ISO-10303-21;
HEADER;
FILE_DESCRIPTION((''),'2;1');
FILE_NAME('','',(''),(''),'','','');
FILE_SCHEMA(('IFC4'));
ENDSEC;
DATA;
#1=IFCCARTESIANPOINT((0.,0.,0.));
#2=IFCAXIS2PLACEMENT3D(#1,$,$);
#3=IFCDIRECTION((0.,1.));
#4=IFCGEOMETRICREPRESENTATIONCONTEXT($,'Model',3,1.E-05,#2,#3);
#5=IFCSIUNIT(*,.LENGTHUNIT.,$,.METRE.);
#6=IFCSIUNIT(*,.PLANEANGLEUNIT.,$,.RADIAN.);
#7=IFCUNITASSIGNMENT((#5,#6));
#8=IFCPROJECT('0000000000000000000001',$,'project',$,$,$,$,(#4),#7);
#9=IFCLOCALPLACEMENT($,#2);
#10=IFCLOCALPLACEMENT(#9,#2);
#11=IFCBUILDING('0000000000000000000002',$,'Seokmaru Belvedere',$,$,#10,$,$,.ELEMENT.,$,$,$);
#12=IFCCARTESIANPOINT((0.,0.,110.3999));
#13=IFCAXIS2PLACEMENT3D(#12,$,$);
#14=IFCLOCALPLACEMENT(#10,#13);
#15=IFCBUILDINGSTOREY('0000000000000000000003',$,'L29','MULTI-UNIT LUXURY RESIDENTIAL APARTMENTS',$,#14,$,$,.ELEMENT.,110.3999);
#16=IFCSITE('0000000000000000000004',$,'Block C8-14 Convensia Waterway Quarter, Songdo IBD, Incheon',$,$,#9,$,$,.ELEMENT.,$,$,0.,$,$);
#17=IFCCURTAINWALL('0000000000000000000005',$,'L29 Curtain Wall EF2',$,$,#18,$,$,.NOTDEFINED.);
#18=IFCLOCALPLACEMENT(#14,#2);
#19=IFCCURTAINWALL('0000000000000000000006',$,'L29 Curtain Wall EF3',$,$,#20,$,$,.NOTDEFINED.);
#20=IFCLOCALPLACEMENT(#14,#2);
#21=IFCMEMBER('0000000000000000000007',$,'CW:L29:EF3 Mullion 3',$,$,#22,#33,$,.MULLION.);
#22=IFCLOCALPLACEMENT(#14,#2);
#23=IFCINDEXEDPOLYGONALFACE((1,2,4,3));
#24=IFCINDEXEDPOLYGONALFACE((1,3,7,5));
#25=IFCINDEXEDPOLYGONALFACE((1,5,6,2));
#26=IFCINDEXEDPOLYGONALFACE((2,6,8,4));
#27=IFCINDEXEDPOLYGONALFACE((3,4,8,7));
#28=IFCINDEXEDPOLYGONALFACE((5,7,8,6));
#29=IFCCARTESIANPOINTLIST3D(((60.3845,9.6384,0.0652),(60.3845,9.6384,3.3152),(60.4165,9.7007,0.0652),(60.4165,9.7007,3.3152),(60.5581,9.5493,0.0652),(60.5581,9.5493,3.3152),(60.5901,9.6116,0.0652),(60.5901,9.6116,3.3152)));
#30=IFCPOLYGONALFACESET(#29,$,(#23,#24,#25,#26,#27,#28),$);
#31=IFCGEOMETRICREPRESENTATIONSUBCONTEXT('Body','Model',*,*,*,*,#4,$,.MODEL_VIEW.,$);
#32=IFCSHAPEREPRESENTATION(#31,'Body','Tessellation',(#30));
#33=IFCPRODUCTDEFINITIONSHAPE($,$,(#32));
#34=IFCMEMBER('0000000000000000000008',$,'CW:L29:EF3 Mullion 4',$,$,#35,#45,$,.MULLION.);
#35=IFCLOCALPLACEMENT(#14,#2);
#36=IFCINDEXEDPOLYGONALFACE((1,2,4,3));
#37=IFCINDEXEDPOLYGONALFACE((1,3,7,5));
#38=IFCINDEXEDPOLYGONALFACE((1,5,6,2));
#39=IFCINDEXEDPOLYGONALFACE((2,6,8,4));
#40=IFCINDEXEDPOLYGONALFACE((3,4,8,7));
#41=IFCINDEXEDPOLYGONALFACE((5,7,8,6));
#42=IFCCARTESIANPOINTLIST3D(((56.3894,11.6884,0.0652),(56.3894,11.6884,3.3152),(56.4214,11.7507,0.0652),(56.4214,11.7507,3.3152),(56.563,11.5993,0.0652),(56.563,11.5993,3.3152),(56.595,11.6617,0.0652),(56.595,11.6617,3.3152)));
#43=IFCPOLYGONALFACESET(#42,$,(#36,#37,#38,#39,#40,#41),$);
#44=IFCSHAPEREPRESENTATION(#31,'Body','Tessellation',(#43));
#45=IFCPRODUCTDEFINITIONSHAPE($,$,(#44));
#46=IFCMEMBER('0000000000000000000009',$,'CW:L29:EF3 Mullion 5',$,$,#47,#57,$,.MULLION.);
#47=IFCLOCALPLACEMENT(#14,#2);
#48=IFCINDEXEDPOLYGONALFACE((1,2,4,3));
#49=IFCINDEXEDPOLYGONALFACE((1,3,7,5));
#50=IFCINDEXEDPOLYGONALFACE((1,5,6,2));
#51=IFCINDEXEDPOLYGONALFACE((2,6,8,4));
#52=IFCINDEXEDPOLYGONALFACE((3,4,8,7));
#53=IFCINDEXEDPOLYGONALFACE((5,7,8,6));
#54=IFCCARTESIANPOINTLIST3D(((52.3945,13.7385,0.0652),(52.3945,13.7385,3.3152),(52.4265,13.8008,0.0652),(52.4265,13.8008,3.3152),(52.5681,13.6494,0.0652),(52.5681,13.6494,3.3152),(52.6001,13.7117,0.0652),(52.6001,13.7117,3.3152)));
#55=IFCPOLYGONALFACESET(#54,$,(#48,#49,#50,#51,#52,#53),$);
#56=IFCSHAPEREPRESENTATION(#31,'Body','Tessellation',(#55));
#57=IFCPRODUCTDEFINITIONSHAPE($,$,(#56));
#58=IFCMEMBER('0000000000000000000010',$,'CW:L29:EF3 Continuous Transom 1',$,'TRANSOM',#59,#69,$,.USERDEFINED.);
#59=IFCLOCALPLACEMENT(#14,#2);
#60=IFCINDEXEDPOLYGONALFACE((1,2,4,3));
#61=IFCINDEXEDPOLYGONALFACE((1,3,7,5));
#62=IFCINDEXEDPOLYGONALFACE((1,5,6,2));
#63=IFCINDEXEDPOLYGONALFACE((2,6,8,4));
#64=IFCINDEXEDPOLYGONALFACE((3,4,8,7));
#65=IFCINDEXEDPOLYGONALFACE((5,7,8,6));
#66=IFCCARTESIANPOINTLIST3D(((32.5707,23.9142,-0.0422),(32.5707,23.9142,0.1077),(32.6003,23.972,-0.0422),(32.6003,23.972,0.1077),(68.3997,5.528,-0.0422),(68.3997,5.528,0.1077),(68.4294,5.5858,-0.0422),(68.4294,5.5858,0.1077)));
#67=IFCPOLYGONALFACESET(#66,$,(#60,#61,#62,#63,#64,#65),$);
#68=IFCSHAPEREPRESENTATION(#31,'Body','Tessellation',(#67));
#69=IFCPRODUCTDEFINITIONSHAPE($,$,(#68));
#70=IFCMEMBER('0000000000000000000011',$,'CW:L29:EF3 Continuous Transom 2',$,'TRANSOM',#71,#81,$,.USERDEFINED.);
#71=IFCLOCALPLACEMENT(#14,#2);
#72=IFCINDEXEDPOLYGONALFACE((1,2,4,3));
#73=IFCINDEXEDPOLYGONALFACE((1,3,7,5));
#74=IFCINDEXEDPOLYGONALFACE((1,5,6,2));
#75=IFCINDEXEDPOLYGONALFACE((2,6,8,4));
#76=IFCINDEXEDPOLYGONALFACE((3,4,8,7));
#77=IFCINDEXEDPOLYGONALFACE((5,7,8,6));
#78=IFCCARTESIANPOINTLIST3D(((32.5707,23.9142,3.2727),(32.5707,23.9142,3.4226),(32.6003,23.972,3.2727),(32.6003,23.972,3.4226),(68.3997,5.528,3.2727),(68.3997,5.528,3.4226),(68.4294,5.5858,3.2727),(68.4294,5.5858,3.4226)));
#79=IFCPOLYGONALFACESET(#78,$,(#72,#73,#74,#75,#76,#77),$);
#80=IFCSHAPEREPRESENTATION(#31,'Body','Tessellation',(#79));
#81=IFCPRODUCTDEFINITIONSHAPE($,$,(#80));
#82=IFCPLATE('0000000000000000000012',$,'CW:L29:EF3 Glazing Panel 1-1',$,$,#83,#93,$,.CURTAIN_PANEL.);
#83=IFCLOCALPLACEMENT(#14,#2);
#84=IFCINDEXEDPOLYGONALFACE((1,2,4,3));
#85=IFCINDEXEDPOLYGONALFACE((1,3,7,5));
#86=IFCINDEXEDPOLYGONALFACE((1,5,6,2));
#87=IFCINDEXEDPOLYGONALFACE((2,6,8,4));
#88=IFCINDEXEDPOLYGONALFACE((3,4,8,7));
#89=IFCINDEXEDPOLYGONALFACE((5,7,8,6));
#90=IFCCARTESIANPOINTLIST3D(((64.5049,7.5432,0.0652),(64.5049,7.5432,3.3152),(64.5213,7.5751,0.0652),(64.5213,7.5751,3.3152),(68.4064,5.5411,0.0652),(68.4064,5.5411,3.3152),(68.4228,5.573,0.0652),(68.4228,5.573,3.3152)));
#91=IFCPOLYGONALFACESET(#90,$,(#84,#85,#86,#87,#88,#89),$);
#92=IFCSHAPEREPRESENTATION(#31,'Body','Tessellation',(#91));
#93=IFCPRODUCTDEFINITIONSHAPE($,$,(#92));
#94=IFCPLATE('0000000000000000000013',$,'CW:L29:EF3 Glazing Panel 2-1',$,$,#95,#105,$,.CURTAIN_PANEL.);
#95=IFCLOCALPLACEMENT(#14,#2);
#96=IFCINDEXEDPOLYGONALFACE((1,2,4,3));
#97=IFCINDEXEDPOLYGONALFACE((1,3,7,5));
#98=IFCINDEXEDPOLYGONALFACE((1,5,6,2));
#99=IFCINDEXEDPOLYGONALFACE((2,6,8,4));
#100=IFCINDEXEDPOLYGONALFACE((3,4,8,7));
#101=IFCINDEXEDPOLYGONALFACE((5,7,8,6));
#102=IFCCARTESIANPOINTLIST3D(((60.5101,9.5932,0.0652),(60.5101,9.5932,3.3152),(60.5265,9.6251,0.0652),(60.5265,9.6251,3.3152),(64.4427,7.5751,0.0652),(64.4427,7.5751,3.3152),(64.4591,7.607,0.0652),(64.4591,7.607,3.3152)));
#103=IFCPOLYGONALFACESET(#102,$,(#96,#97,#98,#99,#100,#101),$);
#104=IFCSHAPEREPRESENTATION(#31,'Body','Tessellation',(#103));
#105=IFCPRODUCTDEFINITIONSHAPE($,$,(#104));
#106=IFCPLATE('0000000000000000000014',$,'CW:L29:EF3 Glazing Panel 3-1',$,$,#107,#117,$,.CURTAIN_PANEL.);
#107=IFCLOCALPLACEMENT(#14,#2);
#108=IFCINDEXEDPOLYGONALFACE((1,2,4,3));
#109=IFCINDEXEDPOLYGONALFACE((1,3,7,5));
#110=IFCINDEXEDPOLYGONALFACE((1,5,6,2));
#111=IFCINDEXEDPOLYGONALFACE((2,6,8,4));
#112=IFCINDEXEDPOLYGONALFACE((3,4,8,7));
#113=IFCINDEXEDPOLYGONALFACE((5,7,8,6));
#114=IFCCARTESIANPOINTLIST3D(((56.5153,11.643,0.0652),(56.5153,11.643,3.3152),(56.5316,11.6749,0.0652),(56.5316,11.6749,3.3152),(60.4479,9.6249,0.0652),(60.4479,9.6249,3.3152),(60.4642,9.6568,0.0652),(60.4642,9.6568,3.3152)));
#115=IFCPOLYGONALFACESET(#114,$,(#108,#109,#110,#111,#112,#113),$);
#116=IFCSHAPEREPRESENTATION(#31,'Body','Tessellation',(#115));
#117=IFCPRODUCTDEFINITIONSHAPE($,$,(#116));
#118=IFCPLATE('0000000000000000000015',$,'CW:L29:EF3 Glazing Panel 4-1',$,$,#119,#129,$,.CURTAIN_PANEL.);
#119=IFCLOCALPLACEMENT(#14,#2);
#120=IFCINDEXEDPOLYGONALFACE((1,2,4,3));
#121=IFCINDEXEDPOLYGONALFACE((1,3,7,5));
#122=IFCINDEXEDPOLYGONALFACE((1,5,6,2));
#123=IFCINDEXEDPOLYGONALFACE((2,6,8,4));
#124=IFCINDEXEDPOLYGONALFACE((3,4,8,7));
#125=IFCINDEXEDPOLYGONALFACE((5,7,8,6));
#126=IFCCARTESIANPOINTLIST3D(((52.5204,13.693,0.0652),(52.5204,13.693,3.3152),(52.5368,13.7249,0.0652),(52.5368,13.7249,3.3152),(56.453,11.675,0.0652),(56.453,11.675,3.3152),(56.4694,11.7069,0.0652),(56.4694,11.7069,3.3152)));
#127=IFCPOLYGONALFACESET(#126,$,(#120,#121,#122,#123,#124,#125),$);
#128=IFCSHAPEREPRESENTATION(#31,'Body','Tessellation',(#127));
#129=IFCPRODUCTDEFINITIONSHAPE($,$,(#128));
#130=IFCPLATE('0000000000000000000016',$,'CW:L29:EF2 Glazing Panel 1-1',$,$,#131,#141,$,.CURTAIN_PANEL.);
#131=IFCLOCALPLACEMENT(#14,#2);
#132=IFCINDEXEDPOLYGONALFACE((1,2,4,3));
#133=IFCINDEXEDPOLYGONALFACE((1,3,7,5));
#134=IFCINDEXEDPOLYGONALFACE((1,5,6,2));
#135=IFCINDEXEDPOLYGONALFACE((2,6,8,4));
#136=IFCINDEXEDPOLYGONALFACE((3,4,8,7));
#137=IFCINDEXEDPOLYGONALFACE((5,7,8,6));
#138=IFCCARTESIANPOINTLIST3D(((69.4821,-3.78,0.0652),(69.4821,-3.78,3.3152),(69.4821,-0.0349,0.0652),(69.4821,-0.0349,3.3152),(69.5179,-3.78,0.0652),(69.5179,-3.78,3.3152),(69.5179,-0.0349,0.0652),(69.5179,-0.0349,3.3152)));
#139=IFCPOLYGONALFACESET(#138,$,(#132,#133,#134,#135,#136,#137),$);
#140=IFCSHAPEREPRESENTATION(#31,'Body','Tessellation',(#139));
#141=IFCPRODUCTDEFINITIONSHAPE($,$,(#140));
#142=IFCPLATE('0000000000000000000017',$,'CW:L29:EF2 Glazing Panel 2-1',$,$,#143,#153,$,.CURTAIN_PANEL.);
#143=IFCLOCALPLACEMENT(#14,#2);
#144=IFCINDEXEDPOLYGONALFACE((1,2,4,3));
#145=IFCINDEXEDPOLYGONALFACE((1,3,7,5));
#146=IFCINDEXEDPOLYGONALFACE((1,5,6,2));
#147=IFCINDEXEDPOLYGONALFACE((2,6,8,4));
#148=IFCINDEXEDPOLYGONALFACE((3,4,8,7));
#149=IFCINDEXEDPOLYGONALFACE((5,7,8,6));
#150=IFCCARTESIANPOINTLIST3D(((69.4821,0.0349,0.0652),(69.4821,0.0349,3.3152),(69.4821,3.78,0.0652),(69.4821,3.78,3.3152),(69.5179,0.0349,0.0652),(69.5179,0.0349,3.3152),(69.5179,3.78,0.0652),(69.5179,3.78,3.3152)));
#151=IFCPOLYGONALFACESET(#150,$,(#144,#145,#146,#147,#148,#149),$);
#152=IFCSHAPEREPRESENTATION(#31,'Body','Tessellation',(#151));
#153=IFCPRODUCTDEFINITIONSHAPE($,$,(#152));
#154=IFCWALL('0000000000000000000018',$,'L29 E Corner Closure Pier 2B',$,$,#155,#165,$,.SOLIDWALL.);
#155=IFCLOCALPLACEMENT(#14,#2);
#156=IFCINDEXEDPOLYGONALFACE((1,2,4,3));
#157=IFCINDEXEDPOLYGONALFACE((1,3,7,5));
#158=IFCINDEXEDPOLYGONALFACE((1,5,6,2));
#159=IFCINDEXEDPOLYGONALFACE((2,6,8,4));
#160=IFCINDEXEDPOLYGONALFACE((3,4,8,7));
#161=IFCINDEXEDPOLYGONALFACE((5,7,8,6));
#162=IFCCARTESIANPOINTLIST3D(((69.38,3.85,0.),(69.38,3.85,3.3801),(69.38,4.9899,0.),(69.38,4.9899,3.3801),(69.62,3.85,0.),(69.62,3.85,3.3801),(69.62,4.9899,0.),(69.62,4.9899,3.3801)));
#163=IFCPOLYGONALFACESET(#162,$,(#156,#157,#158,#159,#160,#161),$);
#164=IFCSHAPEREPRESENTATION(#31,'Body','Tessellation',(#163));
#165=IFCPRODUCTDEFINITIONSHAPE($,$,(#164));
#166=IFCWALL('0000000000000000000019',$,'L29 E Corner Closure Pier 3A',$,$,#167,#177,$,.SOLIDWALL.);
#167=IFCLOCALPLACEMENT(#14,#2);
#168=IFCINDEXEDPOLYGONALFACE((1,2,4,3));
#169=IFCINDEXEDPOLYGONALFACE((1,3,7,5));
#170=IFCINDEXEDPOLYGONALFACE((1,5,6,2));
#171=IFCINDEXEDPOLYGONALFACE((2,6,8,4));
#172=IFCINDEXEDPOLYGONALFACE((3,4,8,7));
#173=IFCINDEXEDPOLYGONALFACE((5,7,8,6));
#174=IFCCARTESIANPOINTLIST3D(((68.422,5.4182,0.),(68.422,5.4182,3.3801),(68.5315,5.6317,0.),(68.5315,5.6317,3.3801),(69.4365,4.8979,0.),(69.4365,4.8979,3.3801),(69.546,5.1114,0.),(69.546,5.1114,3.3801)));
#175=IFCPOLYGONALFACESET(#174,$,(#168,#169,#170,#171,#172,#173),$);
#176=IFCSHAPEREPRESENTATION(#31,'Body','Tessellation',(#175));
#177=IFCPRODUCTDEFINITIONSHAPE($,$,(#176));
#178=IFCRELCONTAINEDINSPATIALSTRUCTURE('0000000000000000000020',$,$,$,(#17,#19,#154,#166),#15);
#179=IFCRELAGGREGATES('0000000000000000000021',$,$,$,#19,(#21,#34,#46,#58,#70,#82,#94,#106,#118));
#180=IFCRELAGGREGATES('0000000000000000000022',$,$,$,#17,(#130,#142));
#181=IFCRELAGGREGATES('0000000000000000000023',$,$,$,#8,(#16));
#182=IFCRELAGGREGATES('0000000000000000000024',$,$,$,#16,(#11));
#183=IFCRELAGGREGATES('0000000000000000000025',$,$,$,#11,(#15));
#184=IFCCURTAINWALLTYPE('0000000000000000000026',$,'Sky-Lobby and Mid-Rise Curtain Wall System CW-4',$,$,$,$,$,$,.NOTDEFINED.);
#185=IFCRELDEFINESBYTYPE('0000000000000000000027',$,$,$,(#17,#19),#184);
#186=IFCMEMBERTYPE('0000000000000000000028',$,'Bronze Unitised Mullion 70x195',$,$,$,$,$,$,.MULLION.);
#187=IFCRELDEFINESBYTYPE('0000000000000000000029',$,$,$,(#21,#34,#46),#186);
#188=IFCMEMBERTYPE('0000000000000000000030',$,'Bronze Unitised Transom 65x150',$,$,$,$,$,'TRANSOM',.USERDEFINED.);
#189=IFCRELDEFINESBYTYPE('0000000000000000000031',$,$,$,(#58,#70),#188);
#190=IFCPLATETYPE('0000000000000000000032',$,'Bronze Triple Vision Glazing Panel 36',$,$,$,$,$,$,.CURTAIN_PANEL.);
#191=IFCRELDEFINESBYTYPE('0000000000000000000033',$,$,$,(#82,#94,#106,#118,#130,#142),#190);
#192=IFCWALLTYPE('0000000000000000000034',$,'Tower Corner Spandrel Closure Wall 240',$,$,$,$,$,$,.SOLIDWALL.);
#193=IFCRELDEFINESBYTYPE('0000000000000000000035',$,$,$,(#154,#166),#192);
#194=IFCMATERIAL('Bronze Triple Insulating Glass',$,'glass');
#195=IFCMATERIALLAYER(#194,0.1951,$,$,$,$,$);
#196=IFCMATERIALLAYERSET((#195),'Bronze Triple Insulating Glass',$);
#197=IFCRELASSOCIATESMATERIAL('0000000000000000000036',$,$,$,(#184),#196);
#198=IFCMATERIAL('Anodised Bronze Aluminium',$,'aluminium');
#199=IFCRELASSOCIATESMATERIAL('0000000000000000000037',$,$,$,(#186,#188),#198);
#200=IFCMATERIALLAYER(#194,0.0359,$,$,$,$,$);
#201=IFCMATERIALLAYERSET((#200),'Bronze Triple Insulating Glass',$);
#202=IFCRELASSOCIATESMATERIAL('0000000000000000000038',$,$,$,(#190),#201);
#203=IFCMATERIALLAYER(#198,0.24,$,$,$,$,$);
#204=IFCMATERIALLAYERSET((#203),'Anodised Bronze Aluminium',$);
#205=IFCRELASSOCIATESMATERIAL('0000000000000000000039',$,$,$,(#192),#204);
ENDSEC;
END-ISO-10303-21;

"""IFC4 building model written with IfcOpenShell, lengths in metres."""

from ifc_helpers import new_model, si_unit, direction, frame, frame_2d, origin, origin_2d, place, context, subcontext, project, spatial, rectangle, extrude, source, transform, mapped, material, layer, layer_set, material_profile, profile_set, type_object, type_shapes, element, aggregate, save


model = new_model("IFC4")

# Units and contexts
model_context = context("Model", 3, precision=1e-05, world=origin(), true_north=direction((0.0, 1.0)))
body_context = subcontext(model_context, "Body", "Model", "MODEL_VIEW")
ifc_project = project(units=[si_unit("LENGTHUNIT", "METRE"), si_unit("PLANEANGLEUNIT", "RADIAN")], contexts=[model_context])

# Site, building, storey
site_placement = place(None, origin())
site = spatial("IfcSite", under=ifc_project, at=site_placement, Name="Block C8-14 Convensia Waterway Quarter, Songdo IBD, Incheon", CompositionType="ELEMENT", RefElevation=0.0)
building_placement = place(site_placement, origin())
building = spatial("IfcBuilding", under=site, at=building_placement, Name="Seokmaru Belvedere", CompositionType="ELEMENT")
storey_placement = place(building_placement, frame((0.0, 0.0, 110.3999)))
storey = spatial("IfcBuildingStorey", under=building, at=storey_placement, Name="L29", Description="MULTI-UNIT LUXURY RESIDENTIAL APARTMENTS", CompositionType="ELEMENT", Elevation=110.3999)

# Curtain walls
ifc_material_1 = material(Name="Bronze Triple Insulating Glass", Category="glass")
ifc_layer_1 = layer(ifc_material_1, 0.1951)
ifc_layer_set_1 = layer_set([ifc_layer_1], Name="Bronze Triple Insulating Glass")
curtain_wall_type = type_object("IfcCurtainWallType", Name="Sky-Lobby and Mid-Rise Curtain Wall System CW-4", PredefinedType="NOTDEFINED", material=ifc_layer_set_1)
curtain_wall_1_placement = place(storey_placement, origin())
curtain_wall_1 = element("IfcCurtainWall", 1, at=curtain_wall_1_placement, inside=storey, type_object=curtain_wall_type, Name="L29 Curtain Wall EF2", PredefinedType="NOTDEFINED")
ifc_material_2 = material(Name="Anodised Bronze Aluminium", Category="aluminium")
ifc_material_profile_1 = material_profile(ifc_material_2, rectangle(XDim=0.0701, YDim=0.1951, at=origin_2d()), Name="CW-M-70x195")
ifc_profile_set_1 = profile_set([ifc_material_profile_1], Name="Anodised Bronze Aluminium")
member_type_1 = type_object("IfcMemberType", Name="Bronze Unitised Mullion 70x195", PredefinedType="MULLION", material=ifc_profile_set_1)
curtain_wall_2_placement = place(storey_placement, origin())
curtain_wall_2 = element("IfcCurtainWall", 2, at=curtain_wall_2_placement, inside=storey, type_object=curtain_wall_type, Name="L29 Curtain Wall EF3", PredefinedType="NOTDEFINED")

# Members
shared_shape_1 = source(origin(), body_context, "Body", "SweptSolid", [
    extrude(rectangle(XDim=0.0701, YDim=0.1951, at=origin_2d()), origin(), (0.0, 0.0, 1.0), 3.25),
])
member_1_placement = place(storey_placement, frame((60.4873, 9.625, 0.0652), z_axis=(0.0, 0.0, 1.0), x_axis=(-0.456555, -0.889695, 0.0)))
member_1 = element("IfcMember", 3, at=member_1_placement, type_object=member_type_1, Name="CW:L29:EF3 Mullion 3", PredefinedType="MULLION", context=body_context, shape_type="MappedRepresentation", body=[
    mapped(shared_shape_1, transform((0.0, 0.0, 0.0), scale=1.0)),
])
member_2_placement = place(storey_placement, frame((56.4922, 11.675, 0.0652), z_axis=(0.0, 0.0, 1.0), x_axis=(-0.456555, -0.889695, 0.0)))
member_2 = element("IfcMember", 4, at=member_2_placement, type_object=member_type_1, Name="CW:L29:EF3 Mullion 4", PredefinedType="MULLION", context=body_context, shape_type="MappedRepresentation", body=[
    mapped(shared_shape_1, transform((0.0, 0.0, 0.0), scale=1.0)),
])
member_3_placement = place(storey_placement, frame((52.4973, 13.7251, 0.0652), z_axis=(0.0, 0.0, 1.0), x_axis=(-0.456555, -0.889695, 0.0)))
member_3 = element("IfcMember", 5, at=member_3_placement, type_object=member_type_1, Name="CW:L29:EF3 Mullion 5", PredefinedType="MULLION", context=body_context, shape_type="MappedRepresentation", body=[
    mapped(shared_shape_1, transform((0.0, 0.0, 0.0), scale=1.0)),
])
ifc_material_profile_2 = material_profile(ifc_material_2, rectangle(XDim=0.0649, YDim=0.1499, at=origin_2d()), Name="CW-T-65x150")
ifc_profile_set_2 = profile_set([ifc_material_profile_2], Name="Anodised Bronze Aluminium")
member_type_2 = type_object("IfcMemberType", Name="Bronze Unitised Transom 65x150", ElementType="TRANSOM", PredefinedType="USERDEFINED", material=ifc_profile_set_2)
shared_shape_2 = source(origin(), body_context, "Body", "SweptSolid", [
    extrude(rectangle(XDim=0.0649, YDim=0.1499, at=origin_2d()), origin(), (0.0, 0.0, 1.0), 40.2712),
])
type_shapes(member_type_2, [shared_shape_2])
member_4_placement = place(storey_placement, frame((68.4146, 5.5569, 0.0327), z_axis=(-0.889693, 0.456559, 0.0), x_axis=(-0.456559, -0.889693, 0.0)))
member_4 = element("IfcMember", 6, at=member_4_placement, type_object=member_type_2, Name="CW:L29:EF3 Continuous Transom 1", ObjectType="TRANSOM", PredefinedType="USERDEFINED", context=body_context, shape_type="MappedRepresentation", body=[
    mapped(shared_shape_2, transform((0.0, 0.0, 0.0), scale=1.0)),
])
member_5_placement = place(storey_placement, frame((68.4146, 5.5569, 3.3477), z_axis=(-0.889693, 0.456559, 0.0), x_axis=(-0.456559, -0.889693, 0.0)))
member_5 = element("IfcMember", 7, at=member_5_placement, type_object=member_type_2, Name="CW:L29:EF3 Continuous Transom 2", ObjectType="TRANSOM", PredefinedType="USERDEFINED", context=body_context, shape_type="MappedRepresentation", body=[
    mapped(shared_shape_2, transform((0.0, 0.0, 0.0), scale=1.0)),
])

# Plates
ifc_layer_2 = layer(ifc_material_1, 0.0359)
ifc_layer_set_2 = layer_set([ifc_layer_2], Name="Bronze Triple Insulating Glass")
plate_type = type_object("IfcPlateType", Name="Bronze Triple Vision Glazing Panel 36", PredefinedType="CURTAIN_PANEL", material=ifc_layer_set_2)
shared_shape_3 = source(origin(), body_context, "Body", "SweptSolid", [
    extrude(rectangle(XDim=4.3853, YDim=0.0359, at=origin_2d()), origin(), (0.0, 0.0, 1.0), 3.25),
])
plate_1_placement = place(storey_placement, frame((66.4639, 6.5581, 0.0652), z_axis=(0.0, 0.0, 1.0), x_axis=(-0.889695, 0.456555, 0.0)))
plate_1 = element("IfcPlate", 8, at=plate_1_placement, type_object=plate_type, Name="CW:L29:EF3 Glazing Panel 1-1", PredefinedType="CURTAIN_PANEL", context=body_context, shape_type="MappedRepresentation", body=[
    mapped(shared_shape_3, transform((0.0, 0.0, 0.0), scale=1.0)),
])
shared_shape_4 = source(origin(), body_context, "Body", "SweptSolid", [
    extrude(rectangle(XDim=4.4202, YDim=0.0359, at=origin_2d()), origin(), (0.0, 0.0, 1.0), 3.25),
])
plate_2_placement = place(storey_placement, frame((62.4846, 8.6001, 0.0652), z_axis=(0.0, 0.0, 1.0), x_axis=(-0.889695, 0.456555, 0.0)))
plate_2 = element("IfcPlate", 9, at=plate_2_placement, type_object=plate_type, Name="CW:L29:EF3 Glazing Panel 2-1", PredefinedType="CURTAIN_PANEL", context=body_context, shape_type="MappedRepresentation", body=[
    mapped(shared_shape_4, transform((0.0, 0.0, 0.0), scale=1.0)),
])
plate_3_placement = place(storey_placement, frame((58.4897, 10.6499, 0.0652), z_axis=(0.0, 0.0, 1.0), x_axis=(-0.889695, 0.456555, 0.0)))
plate_3 = element("IfcPlate", 10, at=plate_3_placement, type_object=plate_type, Name="CW:L29:EF3 Glazing Panel 3-1", PredefinedType="CURTAIN_PANEL", context=body_context, shape_type="MappedRepresentation", body=[
    mapped(shared_shape_4, transform((0.0, 0.0, 0.0), scale=1.0)),
])
plate_4_placement = place(storey_placement, frame((54.4949, 12.7, 0.0652), z_axis=(0.0, 0.0, 1.0), x_axis=(-0.889695, 0.456555, 0.0)))
plate_4 = element("IfcPlate", 11, at=plate_4_placement, type_object=plate_type, Name="CW:L29:EF3 Glazing Panel 4-1", PredefinedType="CURTAIN_PANEL", context=body_context, shape_type="MappedRepresentation", body=[
    mapped(shared_shape_4, transform((0.0, 0.0, 0.0), scale=1.0)),
])
aggregate(curtain_wall_2, [member_1, member_2, member_3, member_4, member_5, plate_1, plate_2, plate_3, plate_4])
shared_shape_5 = source(origin(), body_context, "Body", "SweptSolid", [
    extrude(rectangle(XDim=3.7451, YDim=0.0359, at=origin_2d()), origin(), (0.0, 0.0, 1.0), 3.25),
])
type_shapes(plate_type, [shared_shape_3, shared_shape_4, shared_shape_5])
plate_5_placement = place(storey_placement, frame((69.5, -1.9075, 0.0652), z_axis=(0.0, 0.0, 1.0), x_axis=(0.0, 1.0, 0.0)))
plate_5 = element("IfcPlate", 12, at=plate_5_placement, type_object=plate_type, Name="CW:L29:EF2 Glazing Panel 1-1", PredefinedType="CURTAIN_PANEL", context=body_context, shape_type="MappedRepresentation", body=[
    mapped(shared_shape_5, transform((0.0, 0.0, 0.0), scale=1.0)),
])
plate_6_placement = place(storey_placement, frame((69.5, 1.9075, 0.0652), z_axis=(0.0, 0.0, 1.0), x_axis=(0.0, 1.0, 0.0)))
plate_6 = element("IfcPlate", 13, at=plate_6_placement, type_object=plate_type, Name="CW:L29:EF2 Glazing Panel 2-1", PredefinedType="CURTAIN_PANEL", context=body_context, shape_type="MappedRepresentation", body=[
    mapped(shared_shape_5, transform((0.0, 0.0, 0.0), scale=1.0)),
])
aggregate(curtain_wall_1, [plate_5, plate_6])

# Walls
ifc_layer_3 = layer(ifc_material_2, 0.24)
ifc_layer_set_3 = layer_set([ifc_layer_3], Name="Anodised Bronze Aluminium")
wall_type = type_object("IfcWallType", Name="Tower Corner Spandrel Closure Wall 240", PredefinedType="SOLIDWALL", material=ifc_layer_set_3)
wall_1_placement = place(storey_placement, frame((69.5, 3.8501, 0.0), z_axis=(0.0, 0.0, 1.0), x_axis=(0.0, 1.0, 0.0)))
element("IfcWall", 14, at=wall_1_placement, inside=storey, type_object=wall_type, Name="L29 E Corner Closure Pier 2B", PredefinedType="SOLIDWALL", context=body_context, shape_type="SweptSolid", body=[
    extrude(rectangle(XDim=1.1399, YDim=0.24, at=frame_2d((0.5698, 0.0))), origin(), (0.0, 0.0, 1.0), 3.3801),
])
wall_2_placement = place(storey_placement, frame((69.4912, 5.0046, 0.0), z_axis=(0.0, 0.0, 1.0), x_axis=(-0.889797, 0.456356, 0.0)))
element("IfcWall", 15, at=wall_2_placement, inside=storey, type_object=wall_type, Name="L29 E Corner Closure Pier 3A", PredefinedType="SOLIDWALL", context=body_context, shape_type="SweptSolid", body=[
    extrude(rectangle(XDim=1.1401, YDim=0.24, at=frame_2d((0.5701, 0.0))), origin(), (0.0, 0.0, 1.0), 3.3801),
])

save(model, "model.ifc")
